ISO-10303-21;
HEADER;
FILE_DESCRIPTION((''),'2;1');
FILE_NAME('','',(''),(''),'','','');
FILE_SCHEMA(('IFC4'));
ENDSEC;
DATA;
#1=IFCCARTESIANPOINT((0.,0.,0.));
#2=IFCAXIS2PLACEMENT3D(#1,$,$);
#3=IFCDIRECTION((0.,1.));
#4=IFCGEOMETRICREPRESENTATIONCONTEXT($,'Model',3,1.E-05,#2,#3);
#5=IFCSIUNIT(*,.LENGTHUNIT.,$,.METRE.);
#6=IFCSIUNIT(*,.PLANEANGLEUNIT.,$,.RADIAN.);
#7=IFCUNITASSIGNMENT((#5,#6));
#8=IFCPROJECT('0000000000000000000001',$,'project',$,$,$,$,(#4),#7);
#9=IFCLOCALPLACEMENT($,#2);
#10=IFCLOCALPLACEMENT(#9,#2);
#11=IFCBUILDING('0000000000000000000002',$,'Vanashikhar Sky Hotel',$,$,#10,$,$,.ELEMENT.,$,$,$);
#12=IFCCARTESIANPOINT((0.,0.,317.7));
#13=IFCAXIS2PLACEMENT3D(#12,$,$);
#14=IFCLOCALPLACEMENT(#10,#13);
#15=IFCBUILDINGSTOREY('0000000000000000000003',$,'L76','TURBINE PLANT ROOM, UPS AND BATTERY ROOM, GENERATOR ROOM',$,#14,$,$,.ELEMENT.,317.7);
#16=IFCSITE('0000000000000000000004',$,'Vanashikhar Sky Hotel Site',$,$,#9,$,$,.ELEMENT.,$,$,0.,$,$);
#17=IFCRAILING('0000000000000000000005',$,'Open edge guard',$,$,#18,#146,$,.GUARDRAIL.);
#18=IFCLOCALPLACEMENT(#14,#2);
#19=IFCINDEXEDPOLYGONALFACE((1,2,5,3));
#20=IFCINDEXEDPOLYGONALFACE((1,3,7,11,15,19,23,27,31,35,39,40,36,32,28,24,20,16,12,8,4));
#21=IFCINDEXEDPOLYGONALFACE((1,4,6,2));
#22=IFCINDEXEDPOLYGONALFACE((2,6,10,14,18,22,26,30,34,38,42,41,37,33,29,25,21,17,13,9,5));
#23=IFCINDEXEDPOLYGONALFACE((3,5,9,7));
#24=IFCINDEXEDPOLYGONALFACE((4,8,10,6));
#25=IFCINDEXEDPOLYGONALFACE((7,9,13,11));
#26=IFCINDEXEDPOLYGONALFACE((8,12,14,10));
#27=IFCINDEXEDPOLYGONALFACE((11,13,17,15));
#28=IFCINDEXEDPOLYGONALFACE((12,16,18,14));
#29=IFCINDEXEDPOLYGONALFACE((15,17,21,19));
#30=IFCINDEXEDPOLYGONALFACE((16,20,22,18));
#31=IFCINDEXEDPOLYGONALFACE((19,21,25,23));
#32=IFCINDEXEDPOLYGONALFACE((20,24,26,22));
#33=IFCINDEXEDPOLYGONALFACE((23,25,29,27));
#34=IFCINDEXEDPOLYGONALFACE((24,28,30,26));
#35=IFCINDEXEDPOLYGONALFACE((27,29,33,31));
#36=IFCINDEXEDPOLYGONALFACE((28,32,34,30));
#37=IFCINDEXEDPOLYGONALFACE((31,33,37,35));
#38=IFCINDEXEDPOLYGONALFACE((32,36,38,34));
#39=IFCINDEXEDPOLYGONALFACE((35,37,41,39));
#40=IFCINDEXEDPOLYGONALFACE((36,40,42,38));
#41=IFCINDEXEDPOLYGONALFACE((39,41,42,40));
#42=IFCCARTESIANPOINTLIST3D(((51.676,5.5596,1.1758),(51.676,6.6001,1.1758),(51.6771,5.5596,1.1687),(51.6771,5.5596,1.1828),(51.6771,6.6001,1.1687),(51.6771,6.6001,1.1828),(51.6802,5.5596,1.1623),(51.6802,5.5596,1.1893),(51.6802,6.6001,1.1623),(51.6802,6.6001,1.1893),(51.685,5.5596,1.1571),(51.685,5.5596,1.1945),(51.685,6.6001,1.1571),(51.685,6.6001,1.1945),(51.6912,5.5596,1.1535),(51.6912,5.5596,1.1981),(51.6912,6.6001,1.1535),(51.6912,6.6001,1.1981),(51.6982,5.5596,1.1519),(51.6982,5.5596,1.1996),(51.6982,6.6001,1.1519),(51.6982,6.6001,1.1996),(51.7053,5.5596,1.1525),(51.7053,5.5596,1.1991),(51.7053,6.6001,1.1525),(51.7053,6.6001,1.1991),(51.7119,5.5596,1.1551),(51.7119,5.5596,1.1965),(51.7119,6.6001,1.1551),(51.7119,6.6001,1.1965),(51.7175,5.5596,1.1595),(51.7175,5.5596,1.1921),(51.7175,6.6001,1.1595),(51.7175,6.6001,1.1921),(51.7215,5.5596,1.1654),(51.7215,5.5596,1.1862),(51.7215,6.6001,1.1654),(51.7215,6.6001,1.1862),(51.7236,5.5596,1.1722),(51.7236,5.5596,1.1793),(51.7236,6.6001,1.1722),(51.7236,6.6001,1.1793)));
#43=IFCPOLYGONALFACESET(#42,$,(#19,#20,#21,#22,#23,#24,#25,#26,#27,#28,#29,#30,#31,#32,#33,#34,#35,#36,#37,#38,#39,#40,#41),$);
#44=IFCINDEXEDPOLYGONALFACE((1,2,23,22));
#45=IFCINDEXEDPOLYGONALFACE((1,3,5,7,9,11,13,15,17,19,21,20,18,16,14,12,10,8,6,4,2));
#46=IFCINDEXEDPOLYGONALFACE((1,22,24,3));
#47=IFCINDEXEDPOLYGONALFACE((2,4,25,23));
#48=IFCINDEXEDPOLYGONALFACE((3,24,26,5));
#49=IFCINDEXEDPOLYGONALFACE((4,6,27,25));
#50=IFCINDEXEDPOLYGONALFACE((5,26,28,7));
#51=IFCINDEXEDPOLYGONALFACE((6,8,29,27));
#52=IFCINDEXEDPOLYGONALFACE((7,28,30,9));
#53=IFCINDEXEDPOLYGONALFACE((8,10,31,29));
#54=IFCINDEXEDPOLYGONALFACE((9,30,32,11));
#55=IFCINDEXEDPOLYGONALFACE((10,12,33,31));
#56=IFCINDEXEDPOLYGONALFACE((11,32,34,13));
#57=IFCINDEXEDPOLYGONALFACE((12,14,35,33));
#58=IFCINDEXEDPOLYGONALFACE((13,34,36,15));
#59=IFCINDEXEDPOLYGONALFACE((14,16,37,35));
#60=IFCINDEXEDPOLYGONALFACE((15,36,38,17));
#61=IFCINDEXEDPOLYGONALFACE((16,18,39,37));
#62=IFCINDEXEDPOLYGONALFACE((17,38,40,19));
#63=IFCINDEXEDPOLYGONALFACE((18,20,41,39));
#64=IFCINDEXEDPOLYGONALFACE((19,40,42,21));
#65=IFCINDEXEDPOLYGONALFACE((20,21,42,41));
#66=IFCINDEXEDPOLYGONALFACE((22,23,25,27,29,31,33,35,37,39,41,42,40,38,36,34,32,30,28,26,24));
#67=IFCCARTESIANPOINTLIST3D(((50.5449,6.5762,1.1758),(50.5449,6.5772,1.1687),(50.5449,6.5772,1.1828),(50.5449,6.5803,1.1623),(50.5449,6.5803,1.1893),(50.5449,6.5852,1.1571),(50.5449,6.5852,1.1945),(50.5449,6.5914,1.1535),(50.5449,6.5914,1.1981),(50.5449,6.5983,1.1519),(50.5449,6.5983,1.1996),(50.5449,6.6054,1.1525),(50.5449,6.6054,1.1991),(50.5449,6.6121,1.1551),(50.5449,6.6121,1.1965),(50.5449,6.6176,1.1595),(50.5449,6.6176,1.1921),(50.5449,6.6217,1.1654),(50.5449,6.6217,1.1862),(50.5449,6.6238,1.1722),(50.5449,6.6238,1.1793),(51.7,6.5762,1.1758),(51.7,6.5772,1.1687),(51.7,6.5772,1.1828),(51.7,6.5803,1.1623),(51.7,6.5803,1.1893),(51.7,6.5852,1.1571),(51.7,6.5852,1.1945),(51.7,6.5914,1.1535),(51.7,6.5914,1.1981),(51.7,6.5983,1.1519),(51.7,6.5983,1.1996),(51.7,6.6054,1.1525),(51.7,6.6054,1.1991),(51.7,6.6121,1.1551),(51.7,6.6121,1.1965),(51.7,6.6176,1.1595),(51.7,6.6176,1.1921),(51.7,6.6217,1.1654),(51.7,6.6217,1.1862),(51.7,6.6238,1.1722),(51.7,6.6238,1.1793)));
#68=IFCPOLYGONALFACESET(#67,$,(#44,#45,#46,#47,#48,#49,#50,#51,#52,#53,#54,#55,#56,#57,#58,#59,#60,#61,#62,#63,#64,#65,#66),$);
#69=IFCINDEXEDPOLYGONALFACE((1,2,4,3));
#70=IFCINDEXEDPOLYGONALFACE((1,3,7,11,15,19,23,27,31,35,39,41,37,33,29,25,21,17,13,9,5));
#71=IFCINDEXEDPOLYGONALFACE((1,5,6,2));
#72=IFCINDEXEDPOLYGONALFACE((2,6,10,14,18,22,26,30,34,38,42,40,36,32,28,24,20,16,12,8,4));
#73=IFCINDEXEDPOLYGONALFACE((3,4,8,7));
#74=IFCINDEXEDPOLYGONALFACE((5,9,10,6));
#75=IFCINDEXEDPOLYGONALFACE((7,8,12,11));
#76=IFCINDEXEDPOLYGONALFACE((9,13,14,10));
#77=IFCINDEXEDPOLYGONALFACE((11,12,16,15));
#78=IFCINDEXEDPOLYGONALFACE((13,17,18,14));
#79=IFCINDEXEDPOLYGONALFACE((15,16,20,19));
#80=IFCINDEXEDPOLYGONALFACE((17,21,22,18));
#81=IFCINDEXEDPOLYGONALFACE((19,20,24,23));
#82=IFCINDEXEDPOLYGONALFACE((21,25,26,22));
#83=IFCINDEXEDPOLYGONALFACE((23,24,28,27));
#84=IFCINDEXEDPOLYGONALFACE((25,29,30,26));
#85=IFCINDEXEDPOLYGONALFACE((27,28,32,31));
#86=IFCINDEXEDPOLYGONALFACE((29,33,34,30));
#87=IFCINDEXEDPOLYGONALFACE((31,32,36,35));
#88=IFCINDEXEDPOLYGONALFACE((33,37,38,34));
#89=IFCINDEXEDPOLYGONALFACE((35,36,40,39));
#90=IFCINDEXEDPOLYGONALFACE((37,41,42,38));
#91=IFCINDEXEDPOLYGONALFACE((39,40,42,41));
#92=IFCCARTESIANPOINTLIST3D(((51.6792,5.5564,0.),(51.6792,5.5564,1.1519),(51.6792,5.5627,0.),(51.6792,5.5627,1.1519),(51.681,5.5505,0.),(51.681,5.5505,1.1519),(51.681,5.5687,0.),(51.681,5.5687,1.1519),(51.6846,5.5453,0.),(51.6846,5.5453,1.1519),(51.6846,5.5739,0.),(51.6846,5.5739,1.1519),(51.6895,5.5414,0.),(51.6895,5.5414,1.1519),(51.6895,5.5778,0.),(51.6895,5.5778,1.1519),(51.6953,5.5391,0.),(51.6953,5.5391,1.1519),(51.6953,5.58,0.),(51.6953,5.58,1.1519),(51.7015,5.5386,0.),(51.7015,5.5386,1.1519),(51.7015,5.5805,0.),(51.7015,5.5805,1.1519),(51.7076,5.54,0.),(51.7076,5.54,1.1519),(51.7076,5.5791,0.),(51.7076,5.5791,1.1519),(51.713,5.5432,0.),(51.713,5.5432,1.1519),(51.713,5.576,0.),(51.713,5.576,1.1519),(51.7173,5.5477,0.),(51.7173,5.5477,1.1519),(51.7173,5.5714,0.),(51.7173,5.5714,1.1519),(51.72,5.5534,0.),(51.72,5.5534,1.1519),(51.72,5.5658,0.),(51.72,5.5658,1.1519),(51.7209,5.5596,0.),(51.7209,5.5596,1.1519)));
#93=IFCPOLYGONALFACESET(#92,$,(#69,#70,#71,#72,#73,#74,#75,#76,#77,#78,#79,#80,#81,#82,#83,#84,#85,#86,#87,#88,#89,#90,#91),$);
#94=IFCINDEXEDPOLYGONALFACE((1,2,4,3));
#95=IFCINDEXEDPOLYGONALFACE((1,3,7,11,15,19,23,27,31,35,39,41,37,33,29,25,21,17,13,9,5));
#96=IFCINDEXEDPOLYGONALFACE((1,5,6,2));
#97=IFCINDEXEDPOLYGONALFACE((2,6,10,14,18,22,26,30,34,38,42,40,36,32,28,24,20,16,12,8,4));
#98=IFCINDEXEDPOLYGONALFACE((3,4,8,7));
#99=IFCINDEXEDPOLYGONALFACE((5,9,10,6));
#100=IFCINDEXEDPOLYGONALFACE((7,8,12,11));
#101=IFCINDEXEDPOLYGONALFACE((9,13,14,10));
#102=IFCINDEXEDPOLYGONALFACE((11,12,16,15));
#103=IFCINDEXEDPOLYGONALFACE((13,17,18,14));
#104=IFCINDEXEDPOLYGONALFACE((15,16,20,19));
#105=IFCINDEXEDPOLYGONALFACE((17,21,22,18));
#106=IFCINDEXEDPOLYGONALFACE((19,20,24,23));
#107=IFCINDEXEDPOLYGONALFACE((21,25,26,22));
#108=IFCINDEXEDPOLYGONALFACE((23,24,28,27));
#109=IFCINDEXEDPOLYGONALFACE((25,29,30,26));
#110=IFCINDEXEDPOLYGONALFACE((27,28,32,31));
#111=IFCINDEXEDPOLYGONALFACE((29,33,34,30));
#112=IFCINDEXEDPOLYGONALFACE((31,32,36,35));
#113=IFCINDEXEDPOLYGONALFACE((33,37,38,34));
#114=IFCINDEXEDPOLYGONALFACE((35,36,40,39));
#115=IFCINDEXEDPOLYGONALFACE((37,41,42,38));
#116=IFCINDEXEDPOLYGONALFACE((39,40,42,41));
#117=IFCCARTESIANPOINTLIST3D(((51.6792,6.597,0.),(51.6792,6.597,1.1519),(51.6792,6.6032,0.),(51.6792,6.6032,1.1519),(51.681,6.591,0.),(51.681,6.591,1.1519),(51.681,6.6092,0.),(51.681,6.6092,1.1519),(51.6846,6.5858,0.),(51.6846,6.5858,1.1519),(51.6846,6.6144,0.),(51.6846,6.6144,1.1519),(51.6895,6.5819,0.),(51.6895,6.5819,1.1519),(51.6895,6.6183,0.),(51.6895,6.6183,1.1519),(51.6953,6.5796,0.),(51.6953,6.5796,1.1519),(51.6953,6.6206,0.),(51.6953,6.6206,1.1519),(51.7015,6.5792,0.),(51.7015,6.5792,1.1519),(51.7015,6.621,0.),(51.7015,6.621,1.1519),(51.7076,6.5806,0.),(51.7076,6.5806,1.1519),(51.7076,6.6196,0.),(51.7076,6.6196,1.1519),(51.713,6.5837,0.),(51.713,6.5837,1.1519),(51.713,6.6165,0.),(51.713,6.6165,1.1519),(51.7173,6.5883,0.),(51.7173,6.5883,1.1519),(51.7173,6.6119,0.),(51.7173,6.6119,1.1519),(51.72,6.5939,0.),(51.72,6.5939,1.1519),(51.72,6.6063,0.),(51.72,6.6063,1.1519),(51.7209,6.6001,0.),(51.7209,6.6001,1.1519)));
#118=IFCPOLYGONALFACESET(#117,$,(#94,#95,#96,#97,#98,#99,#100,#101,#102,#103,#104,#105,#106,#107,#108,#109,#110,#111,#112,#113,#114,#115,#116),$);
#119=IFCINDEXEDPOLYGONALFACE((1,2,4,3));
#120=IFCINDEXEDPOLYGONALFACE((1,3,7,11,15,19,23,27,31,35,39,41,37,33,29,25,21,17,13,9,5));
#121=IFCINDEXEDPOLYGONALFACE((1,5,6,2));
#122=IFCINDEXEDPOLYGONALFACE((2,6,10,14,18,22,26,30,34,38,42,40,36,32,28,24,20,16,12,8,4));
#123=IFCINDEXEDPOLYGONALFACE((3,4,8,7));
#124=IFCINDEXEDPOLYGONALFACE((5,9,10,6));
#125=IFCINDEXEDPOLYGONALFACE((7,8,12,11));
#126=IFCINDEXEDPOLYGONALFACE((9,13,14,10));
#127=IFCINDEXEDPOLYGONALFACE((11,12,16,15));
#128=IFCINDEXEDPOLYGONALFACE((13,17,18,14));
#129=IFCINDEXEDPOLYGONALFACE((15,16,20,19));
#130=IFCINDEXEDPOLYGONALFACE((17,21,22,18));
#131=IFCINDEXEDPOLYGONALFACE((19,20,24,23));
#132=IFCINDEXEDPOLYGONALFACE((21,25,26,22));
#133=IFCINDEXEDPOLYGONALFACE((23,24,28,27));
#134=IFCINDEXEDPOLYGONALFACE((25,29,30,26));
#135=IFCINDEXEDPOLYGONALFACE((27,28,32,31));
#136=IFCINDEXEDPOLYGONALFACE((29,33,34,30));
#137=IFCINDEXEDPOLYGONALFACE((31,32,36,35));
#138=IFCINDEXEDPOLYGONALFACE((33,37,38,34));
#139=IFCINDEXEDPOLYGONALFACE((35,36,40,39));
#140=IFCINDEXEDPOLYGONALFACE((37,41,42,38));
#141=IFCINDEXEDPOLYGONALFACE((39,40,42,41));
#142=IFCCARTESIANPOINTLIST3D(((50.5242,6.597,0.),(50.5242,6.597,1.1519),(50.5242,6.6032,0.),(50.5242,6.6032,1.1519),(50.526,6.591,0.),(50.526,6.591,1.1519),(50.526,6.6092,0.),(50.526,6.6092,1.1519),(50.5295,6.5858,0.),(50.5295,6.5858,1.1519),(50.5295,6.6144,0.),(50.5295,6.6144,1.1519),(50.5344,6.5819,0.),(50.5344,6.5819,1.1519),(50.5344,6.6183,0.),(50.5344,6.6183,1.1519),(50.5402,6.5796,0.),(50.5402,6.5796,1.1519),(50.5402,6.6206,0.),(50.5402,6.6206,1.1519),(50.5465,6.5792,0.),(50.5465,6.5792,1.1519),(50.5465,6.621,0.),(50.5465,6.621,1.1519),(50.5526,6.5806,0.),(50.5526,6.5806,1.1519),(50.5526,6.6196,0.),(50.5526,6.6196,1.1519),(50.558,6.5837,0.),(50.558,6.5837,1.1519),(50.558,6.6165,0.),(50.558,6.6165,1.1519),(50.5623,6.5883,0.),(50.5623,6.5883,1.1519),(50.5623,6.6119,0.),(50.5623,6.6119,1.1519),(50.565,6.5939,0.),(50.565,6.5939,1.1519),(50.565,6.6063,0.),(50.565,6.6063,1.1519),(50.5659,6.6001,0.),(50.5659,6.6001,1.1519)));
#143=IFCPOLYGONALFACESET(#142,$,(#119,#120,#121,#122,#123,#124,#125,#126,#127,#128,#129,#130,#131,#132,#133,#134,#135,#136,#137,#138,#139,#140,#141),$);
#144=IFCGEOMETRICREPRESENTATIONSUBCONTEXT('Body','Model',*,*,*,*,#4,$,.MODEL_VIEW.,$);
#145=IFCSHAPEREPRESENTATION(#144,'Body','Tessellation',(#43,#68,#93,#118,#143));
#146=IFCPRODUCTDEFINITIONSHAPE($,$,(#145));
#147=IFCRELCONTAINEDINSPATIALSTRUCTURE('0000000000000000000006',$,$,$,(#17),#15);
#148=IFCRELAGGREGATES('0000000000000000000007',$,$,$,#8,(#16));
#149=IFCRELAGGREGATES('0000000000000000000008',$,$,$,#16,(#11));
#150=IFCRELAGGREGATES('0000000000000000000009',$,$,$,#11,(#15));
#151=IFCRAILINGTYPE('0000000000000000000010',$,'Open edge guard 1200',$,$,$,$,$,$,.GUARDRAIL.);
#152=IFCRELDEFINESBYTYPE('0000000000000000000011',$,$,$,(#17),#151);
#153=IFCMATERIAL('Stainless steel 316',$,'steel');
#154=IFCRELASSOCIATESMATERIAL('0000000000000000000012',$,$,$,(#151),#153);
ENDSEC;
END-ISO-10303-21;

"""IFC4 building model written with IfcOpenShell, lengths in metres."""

from ifc_helpers import new_model, si_unit, direction, frame, origin, origin_2d, place, context, subcontext, project, spatial, circle, extrude, source, transform, mapped, material, type_object, element, save


model = new_model("IFC4")

# Units and contexts
model_context = context("Model", 3, precision=1e-05, world=origin(), true_north=direction((0.0, 1.0)))
body_context = subcontext(model_context, "Body", "Model", "MODEL_VIEW")
ifc_project = project(units=[si_unit("LENGTHUNIT", "METRE"), si_unit("PLANEANGLEUNIT", "RADIAN")], contexts=[model_context])

# Site, building, storey
site_placement = place(None, origin())
site = spatial("IfcSite", under=ifc_project, at=site_placement, Name="Vanashikhar Sky Hotel Site", CompositionType="ELEMENT", RefElevation=0.0)
building_placement = place(site_placement, origin())
building = spatial("IfcBuilding", under=site, at=building_placement, Name="Vanashikhar Sky Hotel", CompositionType="ELEMENT")
storey_placement = place(building_placement, frame((0.0, 0.0, 317.7)))
storey = spatial("IfcBuildingStorey", under=building, at=storey_placement, Name="L76", Description="TURBINE PLANT ROOM, UPS AND BATTERY ROOM, GENERATOR ROOM", CompositionType="ELEMENT", Elevation=317.7)

# Railing
ifc_material_1 = material(Name="Stainless steel 316", Category="steel")
railing_type = type_object("IfcRailingType", Name="Open edge guard 1200", PredefinedType="GUARDRAIL", material=ifc_material_1)
shared_shape_1 = source(origin(), body_context, "Body", "SweptSolid", [
    extrude(circle(Radius=0.0239, at=origin_2d()), frame((0.0, 0.0, 1.1758), z_axis=(0.0, 1.0, 0.0), x_axis=(-1.0, 0.0, 0.0)), (0.0, 0.0, 1.0), 1.0405),
    extrude(circle(Radius=0.0239, at=origin_2d()), frame((0.0, 1.0405, 1.1758), z_axis=(-1.0, 0.0, 0.0), x_axis=(0.0, -1.0, 0.0)), (0.0, 0.0, 1.0), 1.155),
    extrude(circle(Radius=0.021, at=origin_2d()), origin(), (0.0, 0.0, 1.0), 1.1519),
    extrude(circle(Radius=0.021, at=origin_2d()), frame((0.0, 1.0405, 0.0)), (0.0, 0.0, 1.0), 1.1519),
    extrude(circle(Radius=0.021, at=origin_2d()), frame((-1.155, 1.0405, 0.0)), (0.0, 0.0, 1.0), 1.1519),
])
railing_1_placement = place(storey_placement, frame((51.7, 5.5596, 0.0)))
element("IfcRailing", 1, at=railing_1_placement, inside=storey, type_object=railing_type, Name="Open edge guard", PredefinedType="GUARDRAIL", context=body_context, shape_type="MappedRepresentation", body=[
    mapped(shared_shape_1, transform((0.0, 0.0, 0.0), scale=1.0)),
])

save(model, "model.ifc")
